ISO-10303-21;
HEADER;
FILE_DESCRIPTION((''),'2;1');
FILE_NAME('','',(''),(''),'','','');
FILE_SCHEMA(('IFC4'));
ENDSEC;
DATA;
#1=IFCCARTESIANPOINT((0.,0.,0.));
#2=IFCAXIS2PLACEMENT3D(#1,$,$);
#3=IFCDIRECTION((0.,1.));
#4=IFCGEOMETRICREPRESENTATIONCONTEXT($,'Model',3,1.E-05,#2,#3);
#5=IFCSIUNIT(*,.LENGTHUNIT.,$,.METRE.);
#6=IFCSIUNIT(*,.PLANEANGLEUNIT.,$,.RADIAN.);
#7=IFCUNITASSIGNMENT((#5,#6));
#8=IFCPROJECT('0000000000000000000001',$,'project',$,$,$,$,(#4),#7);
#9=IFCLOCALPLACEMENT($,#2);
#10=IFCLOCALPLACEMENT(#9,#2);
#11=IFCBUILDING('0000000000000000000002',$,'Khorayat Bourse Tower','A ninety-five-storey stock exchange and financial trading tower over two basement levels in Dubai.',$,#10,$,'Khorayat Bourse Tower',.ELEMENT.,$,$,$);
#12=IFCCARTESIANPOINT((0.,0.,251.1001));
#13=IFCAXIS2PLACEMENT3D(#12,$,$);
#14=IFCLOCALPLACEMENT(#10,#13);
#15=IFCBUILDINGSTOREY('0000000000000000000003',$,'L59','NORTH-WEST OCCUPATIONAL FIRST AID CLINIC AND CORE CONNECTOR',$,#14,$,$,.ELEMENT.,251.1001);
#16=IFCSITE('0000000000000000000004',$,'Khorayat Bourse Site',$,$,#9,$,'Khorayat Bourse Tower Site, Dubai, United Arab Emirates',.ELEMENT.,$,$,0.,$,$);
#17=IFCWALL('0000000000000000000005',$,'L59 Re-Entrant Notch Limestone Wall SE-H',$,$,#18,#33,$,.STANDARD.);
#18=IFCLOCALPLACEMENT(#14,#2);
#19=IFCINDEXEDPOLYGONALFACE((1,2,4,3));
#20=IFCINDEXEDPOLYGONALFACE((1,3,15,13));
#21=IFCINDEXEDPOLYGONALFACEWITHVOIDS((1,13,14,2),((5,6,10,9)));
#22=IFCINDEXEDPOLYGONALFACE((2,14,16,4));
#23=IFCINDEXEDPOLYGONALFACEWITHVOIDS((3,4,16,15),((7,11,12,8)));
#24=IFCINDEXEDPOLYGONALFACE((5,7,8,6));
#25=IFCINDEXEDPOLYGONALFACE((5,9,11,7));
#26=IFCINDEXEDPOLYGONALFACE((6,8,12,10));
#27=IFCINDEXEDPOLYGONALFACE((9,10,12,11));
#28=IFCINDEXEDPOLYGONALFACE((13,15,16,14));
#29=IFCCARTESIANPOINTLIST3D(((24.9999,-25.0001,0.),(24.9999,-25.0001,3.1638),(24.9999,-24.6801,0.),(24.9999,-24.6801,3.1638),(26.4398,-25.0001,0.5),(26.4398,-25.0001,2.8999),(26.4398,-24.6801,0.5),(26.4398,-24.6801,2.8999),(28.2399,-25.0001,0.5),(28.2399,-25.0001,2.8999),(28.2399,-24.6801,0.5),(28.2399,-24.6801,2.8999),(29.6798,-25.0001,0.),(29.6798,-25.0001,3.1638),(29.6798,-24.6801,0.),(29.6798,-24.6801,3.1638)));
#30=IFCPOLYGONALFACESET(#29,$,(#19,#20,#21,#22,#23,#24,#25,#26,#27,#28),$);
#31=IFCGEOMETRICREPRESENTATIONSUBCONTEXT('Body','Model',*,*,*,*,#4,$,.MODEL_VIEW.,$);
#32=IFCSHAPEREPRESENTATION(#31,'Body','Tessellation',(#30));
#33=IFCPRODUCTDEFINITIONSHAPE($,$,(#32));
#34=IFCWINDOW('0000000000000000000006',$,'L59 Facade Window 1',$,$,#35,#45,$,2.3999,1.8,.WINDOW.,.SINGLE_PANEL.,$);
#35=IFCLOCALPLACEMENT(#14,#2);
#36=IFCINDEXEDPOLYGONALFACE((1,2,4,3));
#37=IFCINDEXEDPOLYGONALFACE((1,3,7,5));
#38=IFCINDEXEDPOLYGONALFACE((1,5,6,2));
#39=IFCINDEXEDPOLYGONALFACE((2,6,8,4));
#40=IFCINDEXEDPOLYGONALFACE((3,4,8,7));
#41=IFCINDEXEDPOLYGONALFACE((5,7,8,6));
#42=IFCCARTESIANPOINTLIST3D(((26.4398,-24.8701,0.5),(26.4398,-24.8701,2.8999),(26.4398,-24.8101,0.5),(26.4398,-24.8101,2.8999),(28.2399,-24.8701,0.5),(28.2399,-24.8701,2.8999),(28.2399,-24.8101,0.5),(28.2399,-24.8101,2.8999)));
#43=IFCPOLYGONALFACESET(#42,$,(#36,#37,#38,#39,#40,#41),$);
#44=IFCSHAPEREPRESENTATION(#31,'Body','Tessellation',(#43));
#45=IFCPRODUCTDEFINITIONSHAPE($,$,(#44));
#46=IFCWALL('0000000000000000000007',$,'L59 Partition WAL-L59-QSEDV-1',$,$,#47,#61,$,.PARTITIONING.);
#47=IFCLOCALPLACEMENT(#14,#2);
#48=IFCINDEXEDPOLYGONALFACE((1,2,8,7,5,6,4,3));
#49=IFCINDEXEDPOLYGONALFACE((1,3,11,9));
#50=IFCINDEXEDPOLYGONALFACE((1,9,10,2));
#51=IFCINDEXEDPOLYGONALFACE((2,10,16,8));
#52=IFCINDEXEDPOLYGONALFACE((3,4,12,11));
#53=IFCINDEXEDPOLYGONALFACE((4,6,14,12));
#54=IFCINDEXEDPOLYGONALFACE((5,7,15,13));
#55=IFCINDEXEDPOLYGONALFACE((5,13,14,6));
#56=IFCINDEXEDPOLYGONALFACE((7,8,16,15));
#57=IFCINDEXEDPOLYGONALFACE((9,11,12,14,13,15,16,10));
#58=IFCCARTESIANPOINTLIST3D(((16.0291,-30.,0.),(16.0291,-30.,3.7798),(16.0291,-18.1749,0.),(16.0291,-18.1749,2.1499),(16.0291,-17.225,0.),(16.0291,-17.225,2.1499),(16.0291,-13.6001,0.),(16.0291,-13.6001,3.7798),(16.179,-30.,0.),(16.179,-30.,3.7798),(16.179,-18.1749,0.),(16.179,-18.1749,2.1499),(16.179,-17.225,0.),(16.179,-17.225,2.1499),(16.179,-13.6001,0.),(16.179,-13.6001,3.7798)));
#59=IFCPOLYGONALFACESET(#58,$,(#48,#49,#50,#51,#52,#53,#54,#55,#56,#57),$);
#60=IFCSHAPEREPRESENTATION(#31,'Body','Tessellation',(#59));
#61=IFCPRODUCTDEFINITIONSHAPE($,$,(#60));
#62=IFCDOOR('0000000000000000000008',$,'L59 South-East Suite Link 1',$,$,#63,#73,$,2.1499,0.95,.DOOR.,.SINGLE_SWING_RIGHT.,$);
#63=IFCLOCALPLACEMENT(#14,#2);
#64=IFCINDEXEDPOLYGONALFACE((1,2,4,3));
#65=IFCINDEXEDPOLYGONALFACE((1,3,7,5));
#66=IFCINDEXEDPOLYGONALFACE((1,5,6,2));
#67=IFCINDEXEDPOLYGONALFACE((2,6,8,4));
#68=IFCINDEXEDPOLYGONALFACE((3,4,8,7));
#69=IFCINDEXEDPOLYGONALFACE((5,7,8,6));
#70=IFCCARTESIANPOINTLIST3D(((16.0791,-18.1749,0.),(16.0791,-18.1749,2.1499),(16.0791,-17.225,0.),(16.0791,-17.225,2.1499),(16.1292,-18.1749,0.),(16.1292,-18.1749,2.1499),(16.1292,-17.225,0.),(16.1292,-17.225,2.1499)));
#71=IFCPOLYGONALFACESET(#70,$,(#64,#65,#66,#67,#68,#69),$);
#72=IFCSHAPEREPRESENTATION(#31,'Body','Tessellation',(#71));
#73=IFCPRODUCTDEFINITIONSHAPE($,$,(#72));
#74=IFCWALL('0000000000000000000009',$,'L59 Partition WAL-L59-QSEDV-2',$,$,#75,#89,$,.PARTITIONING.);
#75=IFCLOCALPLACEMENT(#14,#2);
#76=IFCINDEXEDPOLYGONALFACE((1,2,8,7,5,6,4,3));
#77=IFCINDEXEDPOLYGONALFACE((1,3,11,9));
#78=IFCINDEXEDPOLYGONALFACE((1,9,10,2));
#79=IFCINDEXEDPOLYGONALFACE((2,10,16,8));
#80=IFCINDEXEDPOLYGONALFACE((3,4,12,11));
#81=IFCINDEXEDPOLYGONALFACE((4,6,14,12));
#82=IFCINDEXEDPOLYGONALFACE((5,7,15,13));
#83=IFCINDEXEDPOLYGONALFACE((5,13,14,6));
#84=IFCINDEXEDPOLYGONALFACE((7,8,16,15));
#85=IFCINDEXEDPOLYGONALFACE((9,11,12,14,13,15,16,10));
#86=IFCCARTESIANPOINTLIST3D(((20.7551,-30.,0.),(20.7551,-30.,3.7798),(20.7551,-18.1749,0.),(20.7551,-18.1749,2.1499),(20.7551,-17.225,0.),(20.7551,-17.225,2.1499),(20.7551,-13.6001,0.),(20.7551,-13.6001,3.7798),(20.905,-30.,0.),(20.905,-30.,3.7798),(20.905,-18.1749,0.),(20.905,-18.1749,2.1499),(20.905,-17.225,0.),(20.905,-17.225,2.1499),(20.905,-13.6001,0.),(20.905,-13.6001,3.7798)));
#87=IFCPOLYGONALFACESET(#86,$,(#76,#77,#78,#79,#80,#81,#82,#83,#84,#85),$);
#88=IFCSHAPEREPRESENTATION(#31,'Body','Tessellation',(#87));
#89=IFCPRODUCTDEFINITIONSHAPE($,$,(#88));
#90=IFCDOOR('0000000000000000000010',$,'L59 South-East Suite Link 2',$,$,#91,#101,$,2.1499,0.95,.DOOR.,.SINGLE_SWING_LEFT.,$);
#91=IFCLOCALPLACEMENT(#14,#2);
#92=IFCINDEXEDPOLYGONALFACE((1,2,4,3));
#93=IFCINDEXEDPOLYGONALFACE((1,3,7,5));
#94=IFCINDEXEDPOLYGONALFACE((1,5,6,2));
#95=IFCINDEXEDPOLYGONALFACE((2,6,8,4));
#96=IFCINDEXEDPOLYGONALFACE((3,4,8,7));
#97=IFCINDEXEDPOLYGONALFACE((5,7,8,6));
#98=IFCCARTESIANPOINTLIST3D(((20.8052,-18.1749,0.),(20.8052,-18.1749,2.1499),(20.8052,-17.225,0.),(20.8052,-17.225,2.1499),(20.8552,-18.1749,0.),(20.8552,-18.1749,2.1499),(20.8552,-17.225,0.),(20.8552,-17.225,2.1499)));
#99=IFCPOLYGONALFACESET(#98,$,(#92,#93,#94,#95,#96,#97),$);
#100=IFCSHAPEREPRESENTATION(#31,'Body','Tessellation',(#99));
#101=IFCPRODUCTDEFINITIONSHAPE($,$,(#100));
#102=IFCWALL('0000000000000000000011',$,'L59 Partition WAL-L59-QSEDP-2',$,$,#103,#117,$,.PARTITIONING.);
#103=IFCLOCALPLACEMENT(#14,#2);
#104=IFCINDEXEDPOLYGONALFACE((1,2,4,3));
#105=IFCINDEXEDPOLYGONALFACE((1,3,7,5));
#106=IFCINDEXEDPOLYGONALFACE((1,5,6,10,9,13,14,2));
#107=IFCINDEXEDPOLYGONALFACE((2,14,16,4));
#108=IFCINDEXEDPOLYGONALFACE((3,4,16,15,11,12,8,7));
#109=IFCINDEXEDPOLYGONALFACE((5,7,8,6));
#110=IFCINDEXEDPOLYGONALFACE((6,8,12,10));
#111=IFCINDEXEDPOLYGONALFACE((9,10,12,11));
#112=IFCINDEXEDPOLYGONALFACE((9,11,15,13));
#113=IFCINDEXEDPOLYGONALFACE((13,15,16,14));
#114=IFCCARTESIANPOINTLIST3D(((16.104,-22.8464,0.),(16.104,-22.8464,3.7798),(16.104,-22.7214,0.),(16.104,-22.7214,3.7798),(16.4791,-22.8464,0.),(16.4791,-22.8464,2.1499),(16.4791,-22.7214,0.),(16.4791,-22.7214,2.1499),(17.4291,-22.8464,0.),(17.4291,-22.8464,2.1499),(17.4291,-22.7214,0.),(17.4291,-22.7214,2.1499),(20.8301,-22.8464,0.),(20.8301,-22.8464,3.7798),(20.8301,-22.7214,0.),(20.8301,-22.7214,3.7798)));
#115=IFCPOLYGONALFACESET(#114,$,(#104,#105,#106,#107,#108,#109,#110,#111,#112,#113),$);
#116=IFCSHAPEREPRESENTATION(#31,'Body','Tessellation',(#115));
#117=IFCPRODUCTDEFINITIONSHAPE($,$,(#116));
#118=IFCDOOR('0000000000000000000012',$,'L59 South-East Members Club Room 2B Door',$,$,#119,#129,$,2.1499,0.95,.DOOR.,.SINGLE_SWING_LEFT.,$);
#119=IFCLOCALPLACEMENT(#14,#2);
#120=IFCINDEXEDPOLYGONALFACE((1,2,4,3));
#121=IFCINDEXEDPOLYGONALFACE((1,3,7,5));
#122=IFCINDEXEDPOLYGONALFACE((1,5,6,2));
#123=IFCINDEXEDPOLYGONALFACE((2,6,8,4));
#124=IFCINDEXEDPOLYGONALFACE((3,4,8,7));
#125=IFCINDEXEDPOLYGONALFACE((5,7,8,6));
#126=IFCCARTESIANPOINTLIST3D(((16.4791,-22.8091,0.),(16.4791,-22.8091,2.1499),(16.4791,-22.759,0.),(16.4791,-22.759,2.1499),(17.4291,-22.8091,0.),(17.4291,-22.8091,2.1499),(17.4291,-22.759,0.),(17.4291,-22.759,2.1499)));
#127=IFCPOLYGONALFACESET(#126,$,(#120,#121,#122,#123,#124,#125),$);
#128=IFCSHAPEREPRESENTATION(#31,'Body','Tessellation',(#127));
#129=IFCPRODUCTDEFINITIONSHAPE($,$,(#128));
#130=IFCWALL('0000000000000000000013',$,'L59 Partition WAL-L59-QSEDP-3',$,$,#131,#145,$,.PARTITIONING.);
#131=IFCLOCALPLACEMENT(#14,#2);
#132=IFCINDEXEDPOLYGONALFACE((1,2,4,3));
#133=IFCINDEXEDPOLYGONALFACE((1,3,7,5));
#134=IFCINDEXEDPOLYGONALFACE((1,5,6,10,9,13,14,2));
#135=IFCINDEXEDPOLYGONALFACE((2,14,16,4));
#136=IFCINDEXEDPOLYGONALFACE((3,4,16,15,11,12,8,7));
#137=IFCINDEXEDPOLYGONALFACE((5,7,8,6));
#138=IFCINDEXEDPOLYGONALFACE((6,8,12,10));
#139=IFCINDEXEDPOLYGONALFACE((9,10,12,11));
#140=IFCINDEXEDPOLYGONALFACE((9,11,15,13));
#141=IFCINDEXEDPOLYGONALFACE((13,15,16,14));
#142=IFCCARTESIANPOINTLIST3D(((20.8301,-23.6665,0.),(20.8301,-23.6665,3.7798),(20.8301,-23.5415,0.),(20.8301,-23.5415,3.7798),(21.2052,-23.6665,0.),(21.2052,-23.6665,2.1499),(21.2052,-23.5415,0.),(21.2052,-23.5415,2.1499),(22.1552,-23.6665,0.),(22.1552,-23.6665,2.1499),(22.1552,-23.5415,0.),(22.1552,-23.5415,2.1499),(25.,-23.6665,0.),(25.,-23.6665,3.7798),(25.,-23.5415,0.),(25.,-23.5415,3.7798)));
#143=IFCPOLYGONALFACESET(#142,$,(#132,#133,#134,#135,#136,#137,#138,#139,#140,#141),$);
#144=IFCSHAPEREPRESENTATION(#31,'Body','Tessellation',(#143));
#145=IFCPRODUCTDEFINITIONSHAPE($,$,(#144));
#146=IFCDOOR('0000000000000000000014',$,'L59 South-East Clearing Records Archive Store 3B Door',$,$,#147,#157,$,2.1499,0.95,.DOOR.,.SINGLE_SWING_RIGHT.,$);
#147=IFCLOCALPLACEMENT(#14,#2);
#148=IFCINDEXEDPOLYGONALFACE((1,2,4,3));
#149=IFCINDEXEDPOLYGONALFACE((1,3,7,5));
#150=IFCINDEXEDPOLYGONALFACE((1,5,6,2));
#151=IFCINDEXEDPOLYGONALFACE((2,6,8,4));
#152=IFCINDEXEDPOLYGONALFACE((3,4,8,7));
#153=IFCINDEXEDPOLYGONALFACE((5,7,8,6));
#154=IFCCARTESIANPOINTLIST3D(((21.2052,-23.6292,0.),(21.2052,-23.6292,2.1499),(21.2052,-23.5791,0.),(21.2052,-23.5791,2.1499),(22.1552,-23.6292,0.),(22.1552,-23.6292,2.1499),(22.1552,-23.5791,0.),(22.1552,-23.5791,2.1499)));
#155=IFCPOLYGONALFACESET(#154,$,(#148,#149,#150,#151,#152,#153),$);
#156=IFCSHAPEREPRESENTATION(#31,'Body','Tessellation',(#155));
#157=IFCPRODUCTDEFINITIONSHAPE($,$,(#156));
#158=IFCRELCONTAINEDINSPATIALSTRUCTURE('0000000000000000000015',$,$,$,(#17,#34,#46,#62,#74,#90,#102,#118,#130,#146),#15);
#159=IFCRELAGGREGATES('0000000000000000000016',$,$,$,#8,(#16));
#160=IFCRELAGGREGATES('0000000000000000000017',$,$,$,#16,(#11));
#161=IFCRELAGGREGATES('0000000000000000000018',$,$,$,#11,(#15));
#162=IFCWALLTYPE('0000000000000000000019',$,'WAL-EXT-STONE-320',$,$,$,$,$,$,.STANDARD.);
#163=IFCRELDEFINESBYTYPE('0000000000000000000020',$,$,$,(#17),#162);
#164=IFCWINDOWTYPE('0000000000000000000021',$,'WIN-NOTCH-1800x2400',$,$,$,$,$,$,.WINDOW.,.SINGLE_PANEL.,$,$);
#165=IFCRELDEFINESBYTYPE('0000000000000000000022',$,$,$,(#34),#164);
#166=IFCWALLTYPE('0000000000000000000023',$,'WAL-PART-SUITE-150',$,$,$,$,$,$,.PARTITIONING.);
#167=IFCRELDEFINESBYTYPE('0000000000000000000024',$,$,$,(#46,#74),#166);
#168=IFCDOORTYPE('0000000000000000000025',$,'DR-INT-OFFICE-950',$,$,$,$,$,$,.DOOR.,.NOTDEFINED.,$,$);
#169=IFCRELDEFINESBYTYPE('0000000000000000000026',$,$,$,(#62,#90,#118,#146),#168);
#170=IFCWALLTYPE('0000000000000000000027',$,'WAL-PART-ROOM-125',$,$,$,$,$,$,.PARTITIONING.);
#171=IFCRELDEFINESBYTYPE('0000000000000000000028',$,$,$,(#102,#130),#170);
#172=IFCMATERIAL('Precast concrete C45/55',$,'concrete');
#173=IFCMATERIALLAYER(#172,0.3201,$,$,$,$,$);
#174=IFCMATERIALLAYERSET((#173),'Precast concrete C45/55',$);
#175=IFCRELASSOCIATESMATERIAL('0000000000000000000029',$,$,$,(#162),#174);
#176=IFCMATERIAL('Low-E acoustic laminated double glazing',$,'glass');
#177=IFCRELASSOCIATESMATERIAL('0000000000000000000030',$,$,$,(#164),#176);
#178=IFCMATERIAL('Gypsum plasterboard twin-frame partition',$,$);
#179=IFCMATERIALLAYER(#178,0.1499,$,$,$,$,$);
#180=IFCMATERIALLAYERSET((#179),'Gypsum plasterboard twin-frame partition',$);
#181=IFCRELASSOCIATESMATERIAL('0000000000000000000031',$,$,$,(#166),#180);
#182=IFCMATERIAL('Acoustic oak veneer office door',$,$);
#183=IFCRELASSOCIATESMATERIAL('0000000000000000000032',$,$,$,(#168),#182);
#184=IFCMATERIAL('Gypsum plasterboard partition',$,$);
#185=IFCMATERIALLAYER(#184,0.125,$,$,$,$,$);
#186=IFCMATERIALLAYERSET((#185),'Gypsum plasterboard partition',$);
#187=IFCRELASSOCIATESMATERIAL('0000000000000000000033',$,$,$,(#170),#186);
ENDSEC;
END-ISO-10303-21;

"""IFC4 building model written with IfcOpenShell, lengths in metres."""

from ifc_helpers import new_model, si_unit, direction, frame, frame_2d, origin, place, context, subcontext, project, spatial, rectangle, extrude, source, transform, mapped, material, layer, layer_set, type_object, element, fill, save


model = new_model("IFC4")

# Units and contexts
model_context = context("Model", 3, precision=1e-05, world=origin(), true_north=direction((0.0, 1.0)))
body_context = subcontext(model_context, "Body", "Model", "MODEL_VIEW")
ifc_project = project(units=[si_unit("LENGTHUNIT", "METRE"), si_unit("PLANEANGLEUNIT", "RADIAN")], contexts=[model_context])

# Site, building, storey
site_placement = place(None, origin())
site = spatial("IfcSite", under=ifc_project, at=site_placement, Name="Khorayat Bourse Site", LongName="Khorayat Bourse Tower Site, Dubai, United Arab Emirates", CompositionType="ELEMENT", RefElevation=0.0)
building_placement = place(site_placement, origin())
building = spatial("IfcBuilding", under=site, at=building_placement, Name="Khorayat Bourse Tower", Description="A ninety-five-storey stock exchange and financial trading tower over two basement levels in Dubai.", LongName="Khorayat Bourse Tower", CompositionType="ELEMENT")
storey_placement = place(building_placement, frame((0.0, 0.0, 251.1001)))
storey = spatial("IfcBuildingStorey", under=building, at=storey_placement, Name="L59", Description="NORTH-WEST OCCUPATIONAL FIRST AID CLINIC AND CORE CONNECTOR", CompositionType="ELEMENT", Elevation=251.1001)

# Wall, opening, window
ifc_material_1 = material(Name="Precast concrete C45/55", Category="concrete")
ifc_layer_1 = layer(ifc_material_1, 0.3201)
ifc_layer_set_1 = layer_set([ifc_layer_1], Name="Precast concrete C45/55")
wall_type_1 = type_object("IfcWallType", Name="WAL-EXT-STONE-320", PredefinedType="STANDARD", material=ifc_layer_set_1)
shared_shape_1 = source(origin(), body_context, "Body", "SweptSolid", [
    extrude(rectangle(XDim=4.6799, YDim=0.3201, at=frame_2d((2.3398, 0.0))), origin(), (0.0, 0.0, 1.0), 3.1638),
])
shared_shape_2 = source(origin(), body_context, "Body", "SweptSolid", [
    extrude(rectangle(XDim=1.8, YDim=2.3999, at=frame_2d((0.8999, 1.2))), frame((0.0, 0.1699, 0.0), z_axis=(0.0, -1.0, 0.0), x_axis=(1.0, 0.0, 0.0)), (0.0, 0.0, 1.0), 0.3401),
])
ifc_material_2 = material(Name="Low-E acoustic laminated double glazing", Category="glass")
window_type = type_object("IfcWindowType", Name="WIN-NOTCH-1800x2400", PartitioningType="SINGLE_PANEL", PredefinedType="WINDOW", material=ifc_material_2)
shared_shape_3 = source(origin(), body_context, "Body", "SweptSolid", [
    extrude(rectangle(XDim=1.8, YDim=2.3999, at=frame_2d((0.8999, 1.2))), frame((0.0, 0.03, 0.0), z_axis=(0.0, -1.0, 0.0), x_axis=(1.0, 0.0, 0.0)), (0.0, 0.0, 1.0), 0.0601),
])
wall_1_placement = place(storey_placement, frame((25.0, -24.8401, 0.0), z_axis=(0.0, 0.0, 1.0), x_axis=(1.0, 0.0, 0.0)))
wall_1 = element("IfcWall", 1, at=wall_1_placement, inside=storey, type_object=wall_type_1, Name="L59 Re-Entrant Notch Limestone Wall SE-H", PredefinedType="STANDARD", context=body_context, shape_type="MappedRepresentation", body=[
    mapped(shared_shape_1, transform((0.0, 0.0, 0.0), scale=1.0)),
])
opening_1_placement = place(wall_1_placement, frame((1.4399, 0.0, 0.5)))
opening_1 = element("IfcOpeningElement", 2, at=opening_1_placement, cuts=wall_1, PredefinedType="OPENING", context=body_context, shape_type="MappedRepresentation", body=[
    mapped(shared_shape_2, transform((0.0, 0.0, 0.0), scale=1.0)),
])
window_1_placement = place(opening_1_placement, origin())
window_1 = element("IfcWindow", 3, at=window_1_placement, inside=storey, type_object=window_type, Name="L59 Facade Window 1", OverallHeight=2.3999, OverallWidth=1.8, PartitioningType="SINGLE_PANEL", PredefinedType="WINDOW", context=body_context, shape_type="MappedRepresentation", body=[
    mapped(shared_shape_3, transform((0.0, 0.0, 0.0), scale=1.0)),
])
fill(opening_1, window_1)

# Walls, openings, doors
ifc_material_3 = material(Name="Gypsum plasterboard twin-frame partition")
ifc_layer_2 = layer(ifc_material_3, 0.1499)
ifc_layer_set_2 = layer_set([ifc_layer_2], Name="Gypsum plasterboard twin-frame partition")
wall_type_2 = type_object("IfcWallType", Name="WAL-PART-SUITE-150", PredefinedType="PARTITIONING", material=ifc_layer_set_2)
shared_shape_4 = source(origin(), body_context, "Body", "SweptSolid", [
    extrude(rectangle(XDim=16.3999, YDim=0.1499, at=frame_2d((8.2, 0.0))), origin(), (0.0, 0.0, 1.0), 3.7798),
])
wall_2_placement = place(storey_placement, frame((16.104, -30.0, 0.0), z_axis=(0.0, 0.0, 1.0), x_axis=(0.0, 1.0, 0.0)))
wall_2 = element("IfcWall", 4, at=wall_2_placement, inside=storey, type_object=wall_type_2, Name="L59 Partition WAL-L59-QSEDV-1", PredefinedType="PARTITIONING", context=body_context, shape_type="MappedRepresentation", body=[
    mapped(shared_shape_4, transform((0.0, 0.0, 0.0), scale=1.0)),
])
shared_shape_5 = source(origin(), body_context, "Body", "SweptSolid", [
    extrude(rectangle(XDim=0.95, YDim=2.1499, at=frame_2d((0.4751, 1.075))), frame((0.0, 0.085, 0.0), z_axis=(0.0, -1.0, 0.0), x_axis=(1.0, 0.0, 0.0)), (0.0, 0.0, 1.0), 0.1699),
])
opening_2_placement = place(wall_2_placement, frame((11.825, 0.0, 0.0)))
opening_2 = element("IfcOpeningElement", 5, at=opening_2_placement, cuts=wall_2, PredefinedType="OPENING", context=body_context, shape_type="MappedRepresentation", body=[
    mapped(shared_shape_5, transform((0.0, 0.0, 0.0), scale=1.0)),
])
ifc_material_4 = material(Name="Acoustic oak veneer office door")
door_type = type_object("IfcDoorType", Name="DR-INT-OFFICE-950", OperationType="NOTDEFINED", PredefinedType="DOOR", material=ifc_material_4)
shared_shape_6 = source(origin(), body_context, "Body", "SweptSolid", [
    extrude(rectangle(XDim=0.95, YDim=2.1499, at=frame_2d((0.4751, 1.075))), frame((0.0, 0.0249, 0.0), z_axis=(0.0, -1.0, 0.0), x_axis=(1.0, 0.0, 0.0)), (0.0, 0.0, 1.0), 0.05),
])
door_1_placement = place(opening_2_placement, origin())
door_1 = element("IfcDoor", 6, at=door_1_placement, inside=storey, type_object=door_type, Name="L59 South-East Suite Link 1", OperationType="SINGLE_SWING_RIGHT", OverallHeight=2.1499, OverallWidth=0.95, PredefinedType="DOOR", context=body_context, shape_type="MappedRepresentation", body=[
    mapped(shared_shape_6, transform((0.0, 0.0, 0.0), scale=1.0)),
])
fill(opening_2, door_1)
wall_3_placement = place(storey_placement, frame((20.8301, -30.0, 0.0), z_axis=(0.0, 0.0, 1.0), x_axis=(0.0, 1.0, 0.0)))
wall_3 = element("IfcWall", 7, at=wall_3_placement, inside=storey, type_object=wall_type_2, Name="L59 Partition WAL-L59-QSEDV-2", PredefinedType="PARTITIONING", context=body_context, shape_type="MappedRepresentation", body=[
    mapped(shared_shape_4, transform((0.0, 0.0, 0.0), scale=1.0)),
])
opening_3_placement = place(wall_3_placement, frame((11.825, 0.0, 0.0)))
opening_3 = element("IfcOpeningElement", 8, at=opening_3_placement, cuts=wall_3, PredefinedType="OPENING", context=body_context, shape_type="MappedRepresentation", body=[
    mapped(shared_shape_5, transform((0.0, 0.0, 0.0), scale=1.0)),
])
door_2_placement = place(opening_3_placement, origin())
door_2 = element("IfcDoor", 9, at=door_2_placement, inside=storey, type_object=door_type, Name="L59 South-East Suite Link 2", OperationType="SINGLE_SWING_LEFT", OverallHeight=2.1499, OverallWidth=0.95, PredefinedType="DOOR", context=body_context, shape_type="MappedRepresentation", body=[
    mapped(shared_shape_6, transform((0.0, 0.0, 0.0), scale=1.0)),
])
fill(opening_3, door_2)
ifc_material_5 = material(Name="Gypsum plasterboard partition")
ifc_layer_3 = layer(ifc_material_5, 0.125)
ifc_layer_set_3 = layer_set([ifc_layer_3], Name="Gypsum plasterboard partition")
wall_type_3 = type_object("IfcWallType", Name="WAL-PART-ROOM-125", PredefinedType="PARTITIONING", material=ifc_layer_set_3)
shared_shape_7 = source(origin(), body_context, "Body", "SweptSolid", [
    extrude(rectangle(XDim=4.7261, YDim=0.125, at=frame_2d((2.363, 0.0))), origin(), (0.0, 0.0, 1.0), 3.7798),
])
wall_4_placement = place(storey_placement, frame((16.104, -22.7839, 0.0), z_axis=(0.0, 0.0, 1.0), x_axis=(1.0, 0.0, 0.0)))
wall_4 = element("IfcWall", 10, at=wall_4_placement, inside=storey, type_object=wall_type_3, Name="L59 Partition WAL-L59-QSEDP-2", PredefinedType="PARTITIONING", context=body_context, shape_type="MappedRepresentation", body=[
    mapped(shared_shape_7, transform((0.0, 0.0, 0.0), scale=1.0)),
])
shared_shape_8 = source(origin(), body_context, "Body", "SweptSolid", [
    extrude(rectangle(XDim=0.95, YDim=2.1499, at=frame_2d((0.4751, 1.075))), frame((0.0, 0.0725, 0.0), z_axis=(0.0, -1.0, 0.0), x_axis=(1.0, 0.0, 0.0)), (0.0, 0.0, 1.0), 0.145),
])
opening_4_placement = place(wall_4_placement, frame((0.375, 0.0, 0.0)))
opening_4 = element("IfcOpeningElement", 11, at=opening_4_placement, cuts=wall_4, PredefinedType="OPENING", context=body_context, shape_type="MappedRepresentation", body=[
    mapped(shared_shape_8, transform((0.0, 0.0, 0.0), scale=1.0)),
])
door_3_placement = place(opening_4_placement, origin())
door_3 = element("IfcDoor", 12, at=door_3_placement, inside=storey, type_object=door_type, Name="L59 South-East Members Club Room 2B Door", OperationType="SINGLE_SWING_LEFT", OverallHeight=2.1499, OverallWidth=0.95, PredefinedType="DOOR", context=body_context, shape_type="MappedRepresentation", body=[
    mapped(shared_shape_6, transform((0.0, 0.0, 0.0), scale=1.0)),
])
fill(opening_4, door_3)
shared_shape_9 = source(origin(), body_context, "Body", "SweptSolid", [
    extrude(rectangle(XDim=4.1699, YDim=0.125, at=frame_2d((2.085, 0.0))), origin(), (0.0, 0.0, 1.0), 3.7798),
])
wall_5_placement = place(storey_placement, frame((20.8301, -23.604, 0.0), z_axis=(0.0, 0.0, 1.0), x_axis=(1.0, 0.0, 0.0)))
wall_5 = element("IfcWall", 13, at=wall_5_placement, inside=storey, type_object=wall_type_3, Name="L59 Partition WAL-L59-QSEDP-3", PredefinedType="PARTITIONING", context=body_context, shape_type="MappedRepresentation", body=[
    mapped(shared_shape_9, transform((0.0, 0.0, 0.0), scale=1.0)),
])
opening_5_placement = place(wall_5_placement, frame((0.375, 0.0, 0.0)))
opening_5 = element("IfcOpeningElement", 14, at=opening_5_placement, cuts=wall_5, PredefinedType="OPENING", context=body_context, shape_type="MappedRepresentation", body=[
    mapped(shared_shape_8, transform((0.0, 0.0, 0.0), scale=1.0)),
])
door_4_placement = place(opening_5_placement, origin())
door_4 = element("IfcDoor", 15, at=door_4_placement, inside=storey, type_object=door_type, Name="L59 South-East Clearing Records Archive Store 3B Door", OperationType="SINGLE_SWING_RIGHT", OverallHeight=2.1499, OverallWidth=0.95, PredefinedType="DOOR", context=body_context, shape_type="MappedRepresentation", body=[
    mapped(shared_shape_6, transform((0.0, 0.0, 0.0), scale=1.0)),
])
fill(opening_5, door_4)

save(model, "model.ifc")
